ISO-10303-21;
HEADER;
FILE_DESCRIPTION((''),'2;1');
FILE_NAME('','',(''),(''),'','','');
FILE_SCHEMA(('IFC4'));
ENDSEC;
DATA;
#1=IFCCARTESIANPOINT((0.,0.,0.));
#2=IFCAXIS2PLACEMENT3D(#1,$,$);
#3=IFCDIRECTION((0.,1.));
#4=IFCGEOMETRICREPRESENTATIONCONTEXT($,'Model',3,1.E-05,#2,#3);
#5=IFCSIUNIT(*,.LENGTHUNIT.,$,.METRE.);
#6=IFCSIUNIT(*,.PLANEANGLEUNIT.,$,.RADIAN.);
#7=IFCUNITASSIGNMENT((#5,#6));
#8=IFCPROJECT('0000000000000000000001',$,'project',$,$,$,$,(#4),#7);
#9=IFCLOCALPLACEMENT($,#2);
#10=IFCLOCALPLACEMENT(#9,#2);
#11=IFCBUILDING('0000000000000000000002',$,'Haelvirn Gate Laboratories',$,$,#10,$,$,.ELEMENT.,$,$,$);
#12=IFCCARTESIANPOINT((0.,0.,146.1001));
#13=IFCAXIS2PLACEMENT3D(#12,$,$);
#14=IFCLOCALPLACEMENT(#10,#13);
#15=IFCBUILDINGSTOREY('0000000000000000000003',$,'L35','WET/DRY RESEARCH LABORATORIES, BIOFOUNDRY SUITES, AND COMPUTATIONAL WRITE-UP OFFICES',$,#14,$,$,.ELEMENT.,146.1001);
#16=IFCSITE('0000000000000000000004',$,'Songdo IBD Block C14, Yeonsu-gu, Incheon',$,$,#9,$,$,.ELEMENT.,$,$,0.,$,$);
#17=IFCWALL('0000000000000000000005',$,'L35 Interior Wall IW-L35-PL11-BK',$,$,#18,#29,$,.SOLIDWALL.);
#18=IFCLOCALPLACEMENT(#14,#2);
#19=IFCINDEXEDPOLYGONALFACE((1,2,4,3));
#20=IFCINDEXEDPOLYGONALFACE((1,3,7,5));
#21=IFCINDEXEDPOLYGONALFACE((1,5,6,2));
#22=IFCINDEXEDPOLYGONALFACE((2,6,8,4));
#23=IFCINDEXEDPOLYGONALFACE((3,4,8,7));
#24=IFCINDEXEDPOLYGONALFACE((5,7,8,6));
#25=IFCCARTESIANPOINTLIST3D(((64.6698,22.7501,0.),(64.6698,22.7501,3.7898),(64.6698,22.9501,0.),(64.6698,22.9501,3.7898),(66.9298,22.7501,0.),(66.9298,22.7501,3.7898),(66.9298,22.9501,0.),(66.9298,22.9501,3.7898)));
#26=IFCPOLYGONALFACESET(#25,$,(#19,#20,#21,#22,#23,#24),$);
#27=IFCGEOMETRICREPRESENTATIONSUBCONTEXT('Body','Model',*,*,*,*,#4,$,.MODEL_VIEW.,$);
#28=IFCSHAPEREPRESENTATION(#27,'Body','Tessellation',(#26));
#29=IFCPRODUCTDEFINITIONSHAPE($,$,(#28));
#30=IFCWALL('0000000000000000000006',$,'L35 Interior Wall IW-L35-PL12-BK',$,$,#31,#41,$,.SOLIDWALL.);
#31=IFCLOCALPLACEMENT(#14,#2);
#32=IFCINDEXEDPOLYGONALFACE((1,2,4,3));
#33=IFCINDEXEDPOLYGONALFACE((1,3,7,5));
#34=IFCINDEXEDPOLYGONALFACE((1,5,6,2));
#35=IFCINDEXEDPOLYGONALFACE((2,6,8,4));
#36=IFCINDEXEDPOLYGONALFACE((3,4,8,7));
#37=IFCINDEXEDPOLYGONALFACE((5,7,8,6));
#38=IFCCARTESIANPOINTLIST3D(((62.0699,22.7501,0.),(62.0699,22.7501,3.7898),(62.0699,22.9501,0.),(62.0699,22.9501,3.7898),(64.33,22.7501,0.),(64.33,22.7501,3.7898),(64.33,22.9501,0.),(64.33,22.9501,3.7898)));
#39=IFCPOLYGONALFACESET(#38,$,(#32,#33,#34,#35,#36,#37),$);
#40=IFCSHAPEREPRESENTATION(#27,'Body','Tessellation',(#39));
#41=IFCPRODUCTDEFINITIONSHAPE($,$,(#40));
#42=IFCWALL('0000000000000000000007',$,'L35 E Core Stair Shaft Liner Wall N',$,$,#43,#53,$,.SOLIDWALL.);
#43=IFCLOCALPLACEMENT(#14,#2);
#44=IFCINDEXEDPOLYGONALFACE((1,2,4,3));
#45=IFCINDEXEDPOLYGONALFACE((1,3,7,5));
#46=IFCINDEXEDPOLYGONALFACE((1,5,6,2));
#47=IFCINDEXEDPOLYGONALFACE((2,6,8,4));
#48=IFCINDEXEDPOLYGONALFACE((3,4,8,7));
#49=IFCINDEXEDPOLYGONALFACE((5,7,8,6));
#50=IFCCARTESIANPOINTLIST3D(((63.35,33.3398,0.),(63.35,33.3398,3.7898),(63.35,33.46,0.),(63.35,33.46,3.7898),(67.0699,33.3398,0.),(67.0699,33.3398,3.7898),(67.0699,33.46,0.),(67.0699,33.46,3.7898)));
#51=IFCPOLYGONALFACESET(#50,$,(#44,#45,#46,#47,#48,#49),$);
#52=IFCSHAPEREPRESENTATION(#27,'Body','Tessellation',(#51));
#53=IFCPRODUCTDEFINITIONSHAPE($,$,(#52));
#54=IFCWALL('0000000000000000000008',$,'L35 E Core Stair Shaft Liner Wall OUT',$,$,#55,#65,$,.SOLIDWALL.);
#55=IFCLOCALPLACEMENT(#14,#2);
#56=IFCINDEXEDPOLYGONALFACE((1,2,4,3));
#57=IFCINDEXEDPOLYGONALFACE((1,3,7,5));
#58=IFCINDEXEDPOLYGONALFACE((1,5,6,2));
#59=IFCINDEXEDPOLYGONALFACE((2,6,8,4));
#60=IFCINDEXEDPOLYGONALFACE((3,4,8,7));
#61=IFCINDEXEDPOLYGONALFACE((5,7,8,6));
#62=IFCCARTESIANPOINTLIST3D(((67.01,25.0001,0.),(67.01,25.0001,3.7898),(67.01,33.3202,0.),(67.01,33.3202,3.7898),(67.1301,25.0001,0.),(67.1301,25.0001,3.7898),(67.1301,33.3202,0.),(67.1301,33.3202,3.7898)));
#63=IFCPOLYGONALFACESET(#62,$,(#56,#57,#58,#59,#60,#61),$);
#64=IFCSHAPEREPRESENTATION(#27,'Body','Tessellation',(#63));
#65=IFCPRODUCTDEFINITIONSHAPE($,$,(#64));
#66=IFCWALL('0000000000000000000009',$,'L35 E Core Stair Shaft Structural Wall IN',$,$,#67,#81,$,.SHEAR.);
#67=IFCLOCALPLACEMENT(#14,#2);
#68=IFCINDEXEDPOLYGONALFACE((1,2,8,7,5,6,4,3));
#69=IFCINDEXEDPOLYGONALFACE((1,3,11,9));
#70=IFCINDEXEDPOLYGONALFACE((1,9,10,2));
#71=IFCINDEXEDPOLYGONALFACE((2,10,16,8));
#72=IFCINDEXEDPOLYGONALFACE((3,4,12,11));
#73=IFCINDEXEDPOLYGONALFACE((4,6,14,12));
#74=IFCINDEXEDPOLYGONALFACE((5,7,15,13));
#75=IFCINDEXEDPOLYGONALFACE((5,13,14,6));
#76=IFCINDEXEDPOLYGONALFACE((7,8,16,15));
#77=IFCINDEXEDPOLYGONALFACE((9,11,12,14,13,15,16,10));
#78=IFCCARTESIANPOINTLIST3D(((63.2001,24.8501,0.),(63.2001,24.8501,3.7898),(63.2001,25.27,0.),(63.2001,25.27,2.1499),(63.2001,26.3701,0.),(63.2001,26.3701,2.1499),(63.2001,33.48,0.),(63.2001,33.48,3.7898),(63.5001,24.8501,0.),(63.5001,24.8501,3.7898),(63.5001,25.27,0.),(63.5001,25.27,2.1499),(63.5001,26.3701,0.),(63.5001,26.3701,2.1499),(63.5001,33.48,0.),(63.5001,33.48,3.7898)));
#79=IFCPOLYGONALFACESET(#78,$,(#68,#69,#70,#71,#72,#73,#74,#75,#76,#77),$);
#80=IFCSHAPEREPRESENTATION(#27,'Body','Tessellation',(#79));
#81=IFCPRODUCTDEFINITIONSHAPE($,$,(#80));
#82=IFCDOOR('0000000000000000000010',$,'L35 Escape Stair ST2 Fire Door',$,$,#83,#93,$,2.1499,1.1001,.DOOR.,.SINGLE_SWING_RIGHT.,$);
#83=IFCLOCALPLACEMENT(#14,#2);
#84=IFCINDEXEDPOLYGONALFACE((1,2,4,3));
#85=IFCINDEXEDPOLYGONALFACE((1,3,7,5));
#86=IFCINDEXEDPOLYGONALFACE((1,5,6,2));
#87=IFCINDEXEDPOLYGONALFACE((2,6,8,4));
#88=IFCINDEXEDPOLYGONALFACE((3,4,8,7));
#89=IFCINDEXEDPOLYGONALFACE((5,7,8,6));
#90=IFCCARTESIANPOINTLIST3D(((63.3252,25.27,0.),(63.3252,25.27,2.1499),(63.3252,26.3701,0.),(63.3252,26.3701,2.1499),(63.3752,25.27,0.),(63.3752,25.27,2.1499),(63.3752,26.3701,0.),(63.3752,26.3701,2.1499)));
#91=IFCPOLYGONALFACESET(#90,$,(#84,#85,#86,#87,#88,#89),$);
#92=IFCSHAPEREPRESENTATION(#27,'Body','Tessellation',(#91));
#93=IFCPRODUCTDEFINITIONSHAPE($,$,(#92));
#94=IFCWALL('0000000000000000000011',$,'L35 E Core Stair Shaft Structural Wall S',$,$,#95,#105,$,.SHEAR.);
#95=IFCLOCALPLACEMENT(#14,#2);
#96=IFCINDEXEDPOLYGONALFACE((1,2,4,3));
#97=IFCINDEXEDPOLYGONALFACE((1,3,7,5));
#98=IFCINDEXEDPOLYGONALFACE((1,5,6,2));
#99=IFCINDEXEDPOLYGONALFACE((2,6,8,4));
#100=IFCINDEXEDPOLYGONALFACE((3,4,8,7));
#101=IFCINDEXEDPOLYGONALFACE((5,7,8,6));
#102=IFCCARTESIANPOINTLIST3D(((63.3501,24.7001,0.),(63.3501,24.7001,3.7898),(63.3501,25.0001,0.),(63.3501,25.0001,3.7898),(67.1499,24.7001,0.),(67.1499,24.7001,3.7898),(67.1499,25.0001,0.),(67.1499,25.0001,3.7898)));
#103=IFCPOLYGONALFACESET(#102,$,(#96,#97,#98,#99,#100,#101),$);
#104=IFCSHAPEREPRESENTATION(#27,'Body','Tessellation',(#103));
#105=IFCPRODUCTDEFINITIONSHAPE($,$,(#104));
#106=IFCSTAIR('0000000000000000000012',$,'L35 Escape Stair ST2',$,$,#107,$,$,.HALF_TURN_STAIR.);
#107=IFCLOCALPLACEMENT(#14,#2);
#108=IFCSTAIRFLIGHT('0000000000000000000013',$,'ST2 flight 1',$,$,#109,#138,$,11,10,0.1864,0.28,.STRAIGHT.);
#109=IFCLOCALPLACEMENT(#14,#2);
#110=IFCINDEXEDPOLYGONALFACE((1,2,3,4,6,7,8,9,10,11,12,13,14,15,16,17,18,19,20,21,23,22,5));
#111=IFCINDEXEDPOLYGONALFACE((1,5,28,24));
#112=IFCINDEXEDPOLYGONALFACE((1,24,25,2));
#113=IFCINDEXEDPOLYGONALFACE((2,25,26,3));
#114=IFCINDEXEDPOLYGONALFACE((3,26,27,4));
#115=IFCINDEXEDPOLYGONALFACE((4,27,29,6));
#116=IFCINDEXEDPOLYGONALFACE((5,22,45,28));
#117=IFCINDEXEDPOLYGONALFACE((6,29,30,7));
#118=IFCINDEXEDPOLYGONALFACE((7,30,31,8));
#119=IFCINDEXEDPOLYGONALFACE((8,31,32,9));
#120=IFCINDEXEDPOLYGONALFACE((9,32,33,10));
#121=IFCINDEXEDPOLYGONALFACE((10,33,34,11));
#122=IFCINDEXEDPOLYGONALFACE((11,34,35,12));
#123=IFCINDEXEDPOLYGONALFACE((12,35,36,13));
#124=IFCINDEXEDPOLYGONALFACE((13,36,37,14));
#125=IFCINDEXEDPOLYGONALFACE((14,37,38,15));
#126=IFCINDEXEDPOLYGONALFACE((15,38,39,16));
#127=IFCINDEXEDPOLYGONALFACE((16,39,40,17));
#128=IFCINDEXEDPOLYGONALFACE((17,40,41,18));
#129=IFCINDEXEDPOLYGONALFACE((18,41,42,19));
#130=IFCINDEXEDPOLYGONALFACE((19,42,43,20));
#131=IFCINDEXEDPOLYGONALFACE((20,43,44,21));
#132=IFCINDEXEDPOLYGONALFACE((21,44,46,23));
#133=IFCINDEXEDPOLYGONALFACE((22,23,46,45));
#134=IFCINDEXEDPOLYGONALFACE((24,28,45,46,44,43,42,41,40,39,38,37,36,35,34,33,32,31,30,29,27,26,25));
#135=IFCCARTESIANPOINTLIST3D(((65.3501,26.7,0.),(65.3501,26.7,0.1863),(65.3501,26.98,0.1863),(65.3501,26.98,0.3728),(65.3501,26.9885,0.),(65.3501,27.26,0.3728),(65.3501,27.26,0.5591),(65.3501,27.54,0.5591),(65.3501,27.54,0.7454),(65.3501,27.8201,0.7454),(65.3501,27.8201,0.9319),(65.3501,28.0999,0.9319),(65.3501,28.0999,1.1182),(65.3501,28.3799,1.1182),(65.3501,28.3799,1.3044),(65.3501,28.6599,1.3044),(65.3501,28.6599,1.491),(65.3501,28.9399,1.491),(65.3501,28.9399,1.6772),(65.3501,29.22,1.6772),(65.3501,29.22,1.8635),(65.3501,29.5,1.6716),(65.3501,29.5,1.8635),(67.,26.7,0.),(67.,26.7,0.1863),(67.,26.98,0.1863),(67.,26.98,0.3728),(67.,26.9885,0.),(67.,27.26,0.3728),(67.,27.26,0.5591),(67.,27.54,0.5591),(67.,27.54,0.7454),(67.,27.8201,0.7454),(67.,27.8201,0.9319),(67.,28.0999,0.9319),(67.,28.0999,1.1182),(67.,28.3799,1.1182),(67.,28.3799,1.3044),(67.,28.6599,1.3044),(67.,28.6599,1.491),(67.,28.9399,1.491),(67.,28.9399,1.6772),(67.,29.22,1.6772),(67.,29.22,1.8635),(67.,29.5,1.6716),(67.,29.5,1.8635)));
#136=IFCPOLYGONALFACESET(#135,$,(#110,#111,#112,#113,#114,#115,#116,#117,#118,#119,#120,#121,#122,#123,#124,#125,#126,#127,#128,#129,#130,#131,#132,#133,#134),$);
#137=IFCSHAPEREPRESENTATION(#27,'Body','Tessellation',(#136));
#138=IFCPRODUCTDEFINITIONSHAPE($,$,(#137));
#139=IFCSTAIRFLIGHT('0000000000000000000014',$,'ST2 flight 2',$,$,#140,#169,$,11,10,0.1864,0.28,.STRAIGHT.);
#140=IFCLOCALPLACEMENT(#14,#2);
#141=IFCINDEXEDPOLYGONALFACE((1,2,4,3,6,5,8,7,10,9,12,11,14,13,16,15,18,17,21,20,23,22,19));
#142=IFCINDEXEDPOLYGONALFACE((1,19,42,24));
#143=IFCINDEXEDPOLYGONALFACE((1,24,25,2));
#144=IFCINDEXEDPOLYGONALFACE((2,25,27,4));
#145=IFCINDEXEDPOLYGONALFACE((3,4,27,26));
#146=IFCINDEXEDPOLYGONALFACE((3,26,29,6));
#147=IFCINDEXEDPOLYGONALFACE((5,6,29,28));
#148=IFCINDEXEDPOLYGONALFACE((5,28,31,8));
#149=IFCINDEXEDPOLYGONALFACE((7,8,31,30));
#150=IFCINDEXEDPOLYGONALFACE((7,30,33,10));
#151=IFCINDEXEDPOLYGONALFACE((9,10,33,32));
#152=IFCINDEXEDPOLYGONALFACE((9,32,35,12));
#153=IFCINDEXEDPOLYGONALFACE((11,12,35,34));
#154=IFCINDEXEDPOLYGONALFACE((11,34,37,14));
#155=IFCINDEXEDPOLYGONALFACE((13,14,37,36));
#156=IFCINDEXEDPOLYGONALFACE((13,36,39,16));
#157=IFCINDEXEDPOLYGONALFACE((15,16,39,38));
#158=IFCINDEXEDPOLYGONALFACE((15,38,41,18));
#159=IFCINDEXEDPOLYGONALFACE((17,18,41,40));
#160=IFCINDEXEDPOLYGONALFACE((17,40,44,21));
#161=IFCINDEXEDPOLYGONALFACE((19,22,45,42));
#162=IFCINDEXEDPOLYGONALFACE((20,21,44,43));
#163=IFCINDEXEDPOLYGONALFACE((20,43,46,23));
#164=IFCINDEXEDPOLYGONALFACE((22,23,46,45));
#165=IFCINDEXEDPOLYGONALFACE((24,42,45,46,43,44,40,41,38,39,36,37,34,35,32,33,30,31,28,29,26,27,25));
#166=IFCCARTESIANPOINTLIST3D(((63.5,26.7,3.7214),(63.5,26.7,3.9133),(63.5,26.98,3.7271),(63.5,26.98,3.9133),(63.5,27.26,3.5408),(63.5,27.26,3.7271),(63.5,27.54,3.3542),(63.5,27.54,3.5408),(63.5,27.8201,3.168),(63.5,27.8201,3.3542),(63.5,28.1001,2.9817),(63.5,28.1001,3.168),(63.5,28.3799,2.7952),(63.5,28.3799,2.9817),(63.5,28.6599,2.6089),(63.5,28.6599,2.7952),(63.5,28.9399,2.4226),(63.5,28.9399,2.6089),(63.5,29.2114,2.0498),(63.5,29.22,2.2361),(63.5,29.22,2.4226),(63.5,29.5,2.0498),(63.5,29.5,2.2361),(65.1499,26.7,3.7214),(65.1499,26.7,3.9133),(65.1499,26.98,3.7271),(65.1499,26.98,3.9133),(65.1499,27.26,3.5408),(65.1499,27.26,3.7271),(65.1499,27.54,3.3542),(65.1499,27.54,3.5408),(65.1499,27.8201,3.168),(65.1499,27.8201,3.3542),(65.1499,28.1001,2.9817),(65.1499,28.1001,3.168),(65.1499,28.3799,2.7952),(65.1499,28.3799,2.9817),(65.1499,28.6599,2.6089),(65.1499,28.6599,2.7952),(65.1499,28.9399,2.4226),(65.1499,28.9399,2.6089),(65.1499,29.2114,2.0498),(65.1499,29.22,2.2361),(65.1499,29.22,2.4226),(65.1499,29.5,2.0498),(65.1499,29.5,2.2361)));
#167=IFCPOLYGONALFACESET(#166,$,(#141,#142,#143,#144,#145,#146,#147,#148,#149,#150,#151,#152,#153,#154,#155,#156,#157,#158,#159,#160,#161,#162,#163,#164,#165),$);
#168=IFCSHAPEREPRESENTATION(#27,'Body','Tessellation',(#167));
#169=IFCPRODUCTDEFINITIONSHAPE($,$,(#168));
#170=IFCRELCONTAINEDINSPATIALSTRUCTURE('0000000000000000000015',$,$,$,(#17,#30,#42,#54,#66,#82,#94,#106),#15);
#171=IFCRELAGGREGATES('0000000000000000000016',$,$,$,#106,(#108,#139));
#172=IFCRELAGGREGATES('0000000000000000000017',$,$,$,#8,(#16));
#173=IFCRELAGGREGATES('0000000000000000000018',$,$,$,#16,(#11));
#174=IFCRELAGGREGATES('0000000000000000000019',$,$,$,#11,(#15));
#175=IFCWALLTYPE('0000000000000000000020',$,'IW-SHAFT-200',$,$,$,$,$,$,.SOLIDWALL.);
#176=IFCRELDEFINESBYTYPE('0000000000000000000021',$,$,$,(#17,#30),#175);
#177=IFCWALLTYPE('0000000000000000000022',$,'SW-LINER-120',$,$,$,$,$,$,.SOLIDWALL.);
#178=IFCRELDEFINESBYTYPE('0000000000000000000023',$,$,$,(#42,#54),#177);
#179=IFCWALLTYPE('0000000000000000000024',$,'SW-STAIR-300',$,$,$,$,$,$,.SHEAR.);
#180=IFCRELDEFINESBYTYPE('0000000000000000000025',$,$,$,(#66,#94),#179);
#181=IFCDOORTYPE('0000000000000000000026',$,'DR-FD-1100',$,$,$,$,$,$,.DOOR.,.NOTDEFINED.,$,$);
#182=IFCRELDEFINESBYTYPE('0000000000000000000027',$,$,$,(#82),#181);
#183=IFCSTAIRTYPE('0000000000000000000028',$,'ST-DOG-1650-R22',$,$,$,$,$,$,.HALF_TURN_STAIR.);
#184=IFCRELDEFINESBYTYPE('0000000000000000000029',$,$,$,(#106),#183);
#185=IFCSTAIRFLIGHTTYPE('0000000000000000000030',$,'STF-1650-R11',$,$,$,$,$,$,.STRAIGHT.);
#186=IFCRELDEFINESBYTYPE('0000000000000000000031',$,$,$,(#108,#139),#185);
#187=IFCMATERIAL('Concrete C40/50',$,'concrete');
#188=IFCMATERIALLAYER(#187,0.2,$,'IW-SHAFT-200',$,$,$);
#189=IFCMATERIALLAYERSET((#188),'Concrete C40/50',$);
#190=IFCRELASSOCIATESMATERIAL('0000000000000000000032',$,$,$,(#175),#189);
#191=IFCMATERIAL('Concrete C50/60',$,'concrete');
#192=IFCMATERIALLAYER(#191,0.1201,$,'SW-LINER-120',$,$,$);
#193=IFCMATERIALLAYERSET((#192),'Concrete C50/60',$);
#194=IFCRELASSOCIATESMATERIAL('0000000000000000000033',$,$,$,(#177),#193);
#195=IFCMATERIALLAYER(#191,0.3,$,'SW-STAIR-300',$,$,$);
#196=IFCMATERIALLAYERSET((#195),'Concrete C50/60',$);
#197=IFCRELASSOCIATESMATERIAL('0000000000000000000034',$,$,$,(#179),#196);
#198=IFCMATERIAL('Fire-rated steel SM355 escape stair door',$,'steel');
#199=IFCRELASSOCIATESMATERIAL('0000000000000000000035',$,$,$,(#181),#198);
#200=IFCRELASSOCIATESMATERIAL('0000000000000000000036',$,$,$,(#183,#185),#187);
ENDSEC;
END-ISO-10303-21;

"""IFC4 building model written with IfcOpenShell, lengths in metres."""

from ifc_helpers import new_model, si_unit, direction, frame, frame_2d, origin, place, context, subcontext, project, spatial, polyline, rectangle, outline, extrude, source, transform, mapped, material, layer, layer_set, type_object, type_shapes, element, fill, aggregate, save


model = new_model("IFC4")

# Units and contexts
model_context = context("Model", 3, precision=1e-05, world=origin(), true_north=direction((0.0, 1.0)))
body_context = subcontext(model_context, "Body", "Model", "MODEL_VIEW")
ifc_project = project(units=[si_unit("LENGTHUNIT", "METRE"), si_unit("PLANEANGLEUNIT", "RADIAN")], contexts=[model_context])

# Site, building, storey
site_placement = place(None, origin())
site = spatial("IfcSite", under=ifc_project, at=site_placement, Name="Songdo IBD Block C14, Yeonsu-gu, Incheon", CompositionType="ELEMENT", RefElevation=0.0)
building_placement = place(site_placement, origin())
building = spatial("IfcBuilding", under=site, at=building_placement, Name="Haelvirn Gate Laboratories", CompositionType="ELEMENT")
storey_placement = place(building_placement, frame((0.0, 0.0, 146.1001)))
storey = spatial("IfcBuildingStorey", under=building, at=storey_placement, Name="L35", Description="WET/DRY RESEARCH LABORATORIES, BIOFOUNDRY SUITES, AND COMPUTATIONAL WRITE-UP OFFICES", CompositionType="ELEMENT", Elevation=146.1001)

# Walls
ifc_material_1 = material(Name="Concrete C40/50", Category="concrete")
ifc_layer_1 = layer(ifc_material_1, 0.2, Name="IW-SHAFT-200")
ifc_layer_set_1 = layer_set([ifc_layer_1], Name="Concrete C40/50")
wall_type_1 = type_object("IfcWallType", Name="IW-SHAFT-200", PredefinedType="SOLIDWALL", material=ifc_layer_set_1)
for number, where, z_axis, x_axis, name in (
    (1, (64.6699, 22.8501, 0.0), (0.0, 0.0, 1.0), (1.0, 0.0, 0.0), "L35 Interior Wall IW-L35-PL11-BK"),
    (2, (62.0701, 22.8501, 0.0), (0.0, 0.0, 1.0), (1.0, 0.0, 0.0), "L35 Interior Wall IW-L35-PL12-BK"),
):
    element("IfcWall", number, at=place(storey_placement, frame(where, z_axis=z_axis, x_axis=x_axis)), inside=storey, type_object=wall_type_1, Name=name, PredefinedType="SOLIDWALL", context=body_context, shape_type="SweptSolid", body=[
        extrude(rectangle(XDim=2.26, YDim=0.2, at=frame_2d((1.1299, 0.0))), origin(), (0.0, 0.0, 1.0), 3.7898),
    ])
ifc_material_2 = material(Name="Concrete C50/60", Category="concrete")
ifc_layer_2 = layer(ifc_material_2, 0.1201, Name="SW-LINER-120")
ifc_layer_set_2 = layer_set([ifc_layer_2], Name="Concrete C50/60")
wall_type_2 = type_object("IfcWallType", Name="SW-LINER-120", PredefinedType="SOLIDWALL", material=ifc_layer_set_2)
wall_1_placement = place(storey_placement, frame((63.3501, 33.3999, 0.0), z_axis=(0.0, 0.0, 1.0), x_axis=(1.0, 0.0, 0.0)))
element("IfcWall", 3, at=wall_1_placement, inside=storey, type_object=wall_type_2, Name="L35 E Core Stair Shaft Liner Wall N", PredefinedType="SOLIDWALL", context=body_context, shape_type="SweptSolid", body=[
    extrude(rectangle(XDim=3.72, YDim=0.1201, at=frame_2d((1.8599, 0.0))), origin(), (0.0, 0.0, 1.0), 3.7898),
])
wall_2_placement = place(storey_placement, frame((67.0701, 25.0, 0.0), z_axis=(0.0, 0.0, 1.0), x_axis=(0.0, 1.0, 0.0)))
element("IfcWall", 4, at=wall_2_placement, inside=storey, type_object=wall_type_2, Name="L35 E Core Stair Shaft Liner Wall OUT", PredefinedType="SOLIDWALL", context=body_context, shape_type="SweptSolid", body=[
    extrude(rectangle(XDim=8.3201, YDim=0.1201, at=frame_2d((4.1602, 0.0))), origin(), (0.0, 0.0, 1.0), 3.7898),
])

# Wall, opening, door
ifc_layer_3 = layer(ifc_material_2, 0.3, Name="SW-STAIR-300")
ifc_layer_set_3 = layer_set([ifc_layer_3], Name="Concrete C50/60")
wall_type_3 = type_object("IfcWallType", Name="SW-STAIR-300", PredefinedType="SHEAR", material=ifc_layer_set_3)
wall_3_placement = place(storey_placement, frame((63.3501, 24.8501, 0.0), z_axis=(0.0, 0.0, 1.0), x_axis=(0.0, 1.0, 0.0)))
wall_3 = element("IfcWall", 5, at=wall_3_placement, inside=storey, type_object=wall_type_3, Name="L35 E Core Stair Shaft Structural Wall IN", PredefinedType="SHEAR", context=body_context, shape_type="SweptSolid", body=[
    extrude(rectangle(XDim=8.6299, YDim=0.3, at=frame_2d((4.3149, 0.0))), origin(), (0.0, 0.0, 1.0), 3.7898),
])
opening_1_placement = place(wall_3_placement, frame((0.4199, 0.0, 0.0)))
opening_1 = element("IfcOpeningElement", 6, at=opening_1_placement, cuts=wall_3, PredefinedType="OPENING", context=body_context, shape_type="SweptSolid", body=[
    extrude(rectangle(XDim=1.1001, YDim=2.1499, at=frame_2d((0.55, 1.075))), frame((0.0, 0.1602, 0.0), z_axis=(0.0, -1.0, 0.0), x_axis=(1.0, 0.0, 0.0)), (0.0, 0.0, 1.0), 0.3201),
])
ifc_material_3 = material(Name="Fire-rated steel SM355 escape stair door", Category="steel")
door_type_1 = type_object("IfcDoorType", Name="DR-FD-1100", OperationType="NOTDEFINED", PredefinedType="DOOR", material=ifc_material_3)
shared_shape_1 = source(origin(), body_context, "Body", "SweptSolid", [
    extrude(rectangle(XDim=1.1001, YDim=2.1499, at=frame_2d((0.55, 1.075))), frame((0.0, 0.0249, 0.0), z_axis=(0.0, -1.0, 0.0), x_axis=(1.0, 0.0, 0.0)), (0.0, 0.0, 1.0), 0.05),
])
type_shapes(door_type_1, [shared_shape_1])
door_1_placement = place(opening_1_placement, origin())
door_1 = element("IfcDoor", 7, at=door_1_placement, inside=storey, type_object=door_type_1, Name="L35 Escape Stair ST2 Fire Door", OperationType="SINGLE_SWING_RIGHT", OverallHeight=2.1499, OverallWidth=1.1001, PredefinedType="DOOR", context=body_context, shape_type="MappedRepresentation", body=[
    mapped(shared_shape_1, transform((0.0, 0.0, 0.0), scale=1.0)),
])
fill(opening_1, door_1)

# Wall
wall_4_placement = place(storey_placement, frame((63.3501, 24.8501, 0.0), z_axis=(0.0, 0.0, 1.0), x_axis=(1.0, 0.0, 0.0)))
element("IfcWall", 8, at=wall_4_placement, inside=storey, type_object=wall_type_3, Name="L35 E Core Stair Shaft Structural Wall S", PredefinedType="SHEAR", context=body_context, shape_type="SweptSolid", body=[
    extrude(rectangle(XDim=3.7998, YDim=0.3, at=frame_2d((1.8999, 0.0))), origin(), (0.0, 0.0, 1.0), 3.7898),
])

# Stair, stair flights
stair_type = type_object("IfcStairType", Name="ST-DOG-1650-R22", PredefinedType="HALF_TURN_STAIR", material=ifc_material_1)
stair_placement = place(storey_placement, origin())
stair = element("IfcStair", 9, at=stair_placement, inside=storey, type_object=stair_type, Name="L35 Escape Stair ST2", PredefinedType="HALF_TURN_STAIR")
stair_flight_type = type_object("IfcStairFlightType", Name="STF-1650-R11", PredefinedType="STRAIGHT", material=ifc_material_1)
shared_shape_2 = source(origin(), body_context, "Body", "SweptSolid", [
    extrude(outline(polyline([(0.0, 0.0), (0.0, 0.1863), (0.28, 0.1863), (0.28, 0.3728), (0.5601, 0.3728), (0.5601, 0.5591), (0.8401, 0.5591), (0.8401, 0.7454), (1.1201, 0.7454), (1.1201, 0.9319), (1.3999, 0.9319), (1.3999, 1.1182), (1.6799, 1.1182), (1.6799, 1.3044), (1.96, 1.3044), (1.96, 1.491), (2.24, 1.491), (2.24, 1.6772), (2.52, 1.6772), (2.52, 1.8635), (2.8, 1.8635), (2.8, 2.05), (2.8, 1.6716), (0.2886, 0.0), (0.0, 0.0)])), frame((0.0, 0.825, 0.0), z_axis=(0.0, -1.0, 0.0), x_axis=(1.0, 0.0, 0.0)), (0.0, 0.0, 1.0), 1.6499),
])
type_shapes(stair_flight_type, [shared_shape_2])
stair_flight_1_placement = place(storey_placement, frame((66.175, 26.7, 0.0), z_axis=(0.0, 0.0, 1.0), x_axis=(0.0, 1.0, 0.0)))
stair_flight_1 = element("IfcStairFlight", 10, at=stair_flight_1_placement, type_object=stair_flight_type, Name="ST2 flight 1", NumberOfRisers=11, NumberOfTreads=10, PredefinedType="STRAIGHT", RiserHeight=0.1864, TreadLength=0.28, context=body_context, shape_type="MappedRepresentation", body=[
    mapped(shared_shape_2, transform((0.0, 0.0, 0.0), scale=1.0)),
])
stair_flight_2_placement = place(storey_placement, frame((64.325, 29.5, 2.0498), z_axis=(0.0, 0.0, 1.0), x_axis=(0.0, -1.0, 0.0)))
stair_flight_2 = element("IfcStairFlight", 11, at=stair_flight_2_placement, type_object=stair_flight_type, Name="ST2 flight 2", NumberOfRisers=11, NumberOfTreads=10, PredefinedType="STRAIGHT", RiserHeight=0.1864, TreadLength=0.28, context=body_context, shape_type="MappedRepresentation", body=[
    mapped(shared_shape_2, transform((0.0, 0.0, 0.0), scale=1.0)),
])
aggregate(stair, [stair_flight_1, stair_flight_2])

save(model, "model.ifc")
